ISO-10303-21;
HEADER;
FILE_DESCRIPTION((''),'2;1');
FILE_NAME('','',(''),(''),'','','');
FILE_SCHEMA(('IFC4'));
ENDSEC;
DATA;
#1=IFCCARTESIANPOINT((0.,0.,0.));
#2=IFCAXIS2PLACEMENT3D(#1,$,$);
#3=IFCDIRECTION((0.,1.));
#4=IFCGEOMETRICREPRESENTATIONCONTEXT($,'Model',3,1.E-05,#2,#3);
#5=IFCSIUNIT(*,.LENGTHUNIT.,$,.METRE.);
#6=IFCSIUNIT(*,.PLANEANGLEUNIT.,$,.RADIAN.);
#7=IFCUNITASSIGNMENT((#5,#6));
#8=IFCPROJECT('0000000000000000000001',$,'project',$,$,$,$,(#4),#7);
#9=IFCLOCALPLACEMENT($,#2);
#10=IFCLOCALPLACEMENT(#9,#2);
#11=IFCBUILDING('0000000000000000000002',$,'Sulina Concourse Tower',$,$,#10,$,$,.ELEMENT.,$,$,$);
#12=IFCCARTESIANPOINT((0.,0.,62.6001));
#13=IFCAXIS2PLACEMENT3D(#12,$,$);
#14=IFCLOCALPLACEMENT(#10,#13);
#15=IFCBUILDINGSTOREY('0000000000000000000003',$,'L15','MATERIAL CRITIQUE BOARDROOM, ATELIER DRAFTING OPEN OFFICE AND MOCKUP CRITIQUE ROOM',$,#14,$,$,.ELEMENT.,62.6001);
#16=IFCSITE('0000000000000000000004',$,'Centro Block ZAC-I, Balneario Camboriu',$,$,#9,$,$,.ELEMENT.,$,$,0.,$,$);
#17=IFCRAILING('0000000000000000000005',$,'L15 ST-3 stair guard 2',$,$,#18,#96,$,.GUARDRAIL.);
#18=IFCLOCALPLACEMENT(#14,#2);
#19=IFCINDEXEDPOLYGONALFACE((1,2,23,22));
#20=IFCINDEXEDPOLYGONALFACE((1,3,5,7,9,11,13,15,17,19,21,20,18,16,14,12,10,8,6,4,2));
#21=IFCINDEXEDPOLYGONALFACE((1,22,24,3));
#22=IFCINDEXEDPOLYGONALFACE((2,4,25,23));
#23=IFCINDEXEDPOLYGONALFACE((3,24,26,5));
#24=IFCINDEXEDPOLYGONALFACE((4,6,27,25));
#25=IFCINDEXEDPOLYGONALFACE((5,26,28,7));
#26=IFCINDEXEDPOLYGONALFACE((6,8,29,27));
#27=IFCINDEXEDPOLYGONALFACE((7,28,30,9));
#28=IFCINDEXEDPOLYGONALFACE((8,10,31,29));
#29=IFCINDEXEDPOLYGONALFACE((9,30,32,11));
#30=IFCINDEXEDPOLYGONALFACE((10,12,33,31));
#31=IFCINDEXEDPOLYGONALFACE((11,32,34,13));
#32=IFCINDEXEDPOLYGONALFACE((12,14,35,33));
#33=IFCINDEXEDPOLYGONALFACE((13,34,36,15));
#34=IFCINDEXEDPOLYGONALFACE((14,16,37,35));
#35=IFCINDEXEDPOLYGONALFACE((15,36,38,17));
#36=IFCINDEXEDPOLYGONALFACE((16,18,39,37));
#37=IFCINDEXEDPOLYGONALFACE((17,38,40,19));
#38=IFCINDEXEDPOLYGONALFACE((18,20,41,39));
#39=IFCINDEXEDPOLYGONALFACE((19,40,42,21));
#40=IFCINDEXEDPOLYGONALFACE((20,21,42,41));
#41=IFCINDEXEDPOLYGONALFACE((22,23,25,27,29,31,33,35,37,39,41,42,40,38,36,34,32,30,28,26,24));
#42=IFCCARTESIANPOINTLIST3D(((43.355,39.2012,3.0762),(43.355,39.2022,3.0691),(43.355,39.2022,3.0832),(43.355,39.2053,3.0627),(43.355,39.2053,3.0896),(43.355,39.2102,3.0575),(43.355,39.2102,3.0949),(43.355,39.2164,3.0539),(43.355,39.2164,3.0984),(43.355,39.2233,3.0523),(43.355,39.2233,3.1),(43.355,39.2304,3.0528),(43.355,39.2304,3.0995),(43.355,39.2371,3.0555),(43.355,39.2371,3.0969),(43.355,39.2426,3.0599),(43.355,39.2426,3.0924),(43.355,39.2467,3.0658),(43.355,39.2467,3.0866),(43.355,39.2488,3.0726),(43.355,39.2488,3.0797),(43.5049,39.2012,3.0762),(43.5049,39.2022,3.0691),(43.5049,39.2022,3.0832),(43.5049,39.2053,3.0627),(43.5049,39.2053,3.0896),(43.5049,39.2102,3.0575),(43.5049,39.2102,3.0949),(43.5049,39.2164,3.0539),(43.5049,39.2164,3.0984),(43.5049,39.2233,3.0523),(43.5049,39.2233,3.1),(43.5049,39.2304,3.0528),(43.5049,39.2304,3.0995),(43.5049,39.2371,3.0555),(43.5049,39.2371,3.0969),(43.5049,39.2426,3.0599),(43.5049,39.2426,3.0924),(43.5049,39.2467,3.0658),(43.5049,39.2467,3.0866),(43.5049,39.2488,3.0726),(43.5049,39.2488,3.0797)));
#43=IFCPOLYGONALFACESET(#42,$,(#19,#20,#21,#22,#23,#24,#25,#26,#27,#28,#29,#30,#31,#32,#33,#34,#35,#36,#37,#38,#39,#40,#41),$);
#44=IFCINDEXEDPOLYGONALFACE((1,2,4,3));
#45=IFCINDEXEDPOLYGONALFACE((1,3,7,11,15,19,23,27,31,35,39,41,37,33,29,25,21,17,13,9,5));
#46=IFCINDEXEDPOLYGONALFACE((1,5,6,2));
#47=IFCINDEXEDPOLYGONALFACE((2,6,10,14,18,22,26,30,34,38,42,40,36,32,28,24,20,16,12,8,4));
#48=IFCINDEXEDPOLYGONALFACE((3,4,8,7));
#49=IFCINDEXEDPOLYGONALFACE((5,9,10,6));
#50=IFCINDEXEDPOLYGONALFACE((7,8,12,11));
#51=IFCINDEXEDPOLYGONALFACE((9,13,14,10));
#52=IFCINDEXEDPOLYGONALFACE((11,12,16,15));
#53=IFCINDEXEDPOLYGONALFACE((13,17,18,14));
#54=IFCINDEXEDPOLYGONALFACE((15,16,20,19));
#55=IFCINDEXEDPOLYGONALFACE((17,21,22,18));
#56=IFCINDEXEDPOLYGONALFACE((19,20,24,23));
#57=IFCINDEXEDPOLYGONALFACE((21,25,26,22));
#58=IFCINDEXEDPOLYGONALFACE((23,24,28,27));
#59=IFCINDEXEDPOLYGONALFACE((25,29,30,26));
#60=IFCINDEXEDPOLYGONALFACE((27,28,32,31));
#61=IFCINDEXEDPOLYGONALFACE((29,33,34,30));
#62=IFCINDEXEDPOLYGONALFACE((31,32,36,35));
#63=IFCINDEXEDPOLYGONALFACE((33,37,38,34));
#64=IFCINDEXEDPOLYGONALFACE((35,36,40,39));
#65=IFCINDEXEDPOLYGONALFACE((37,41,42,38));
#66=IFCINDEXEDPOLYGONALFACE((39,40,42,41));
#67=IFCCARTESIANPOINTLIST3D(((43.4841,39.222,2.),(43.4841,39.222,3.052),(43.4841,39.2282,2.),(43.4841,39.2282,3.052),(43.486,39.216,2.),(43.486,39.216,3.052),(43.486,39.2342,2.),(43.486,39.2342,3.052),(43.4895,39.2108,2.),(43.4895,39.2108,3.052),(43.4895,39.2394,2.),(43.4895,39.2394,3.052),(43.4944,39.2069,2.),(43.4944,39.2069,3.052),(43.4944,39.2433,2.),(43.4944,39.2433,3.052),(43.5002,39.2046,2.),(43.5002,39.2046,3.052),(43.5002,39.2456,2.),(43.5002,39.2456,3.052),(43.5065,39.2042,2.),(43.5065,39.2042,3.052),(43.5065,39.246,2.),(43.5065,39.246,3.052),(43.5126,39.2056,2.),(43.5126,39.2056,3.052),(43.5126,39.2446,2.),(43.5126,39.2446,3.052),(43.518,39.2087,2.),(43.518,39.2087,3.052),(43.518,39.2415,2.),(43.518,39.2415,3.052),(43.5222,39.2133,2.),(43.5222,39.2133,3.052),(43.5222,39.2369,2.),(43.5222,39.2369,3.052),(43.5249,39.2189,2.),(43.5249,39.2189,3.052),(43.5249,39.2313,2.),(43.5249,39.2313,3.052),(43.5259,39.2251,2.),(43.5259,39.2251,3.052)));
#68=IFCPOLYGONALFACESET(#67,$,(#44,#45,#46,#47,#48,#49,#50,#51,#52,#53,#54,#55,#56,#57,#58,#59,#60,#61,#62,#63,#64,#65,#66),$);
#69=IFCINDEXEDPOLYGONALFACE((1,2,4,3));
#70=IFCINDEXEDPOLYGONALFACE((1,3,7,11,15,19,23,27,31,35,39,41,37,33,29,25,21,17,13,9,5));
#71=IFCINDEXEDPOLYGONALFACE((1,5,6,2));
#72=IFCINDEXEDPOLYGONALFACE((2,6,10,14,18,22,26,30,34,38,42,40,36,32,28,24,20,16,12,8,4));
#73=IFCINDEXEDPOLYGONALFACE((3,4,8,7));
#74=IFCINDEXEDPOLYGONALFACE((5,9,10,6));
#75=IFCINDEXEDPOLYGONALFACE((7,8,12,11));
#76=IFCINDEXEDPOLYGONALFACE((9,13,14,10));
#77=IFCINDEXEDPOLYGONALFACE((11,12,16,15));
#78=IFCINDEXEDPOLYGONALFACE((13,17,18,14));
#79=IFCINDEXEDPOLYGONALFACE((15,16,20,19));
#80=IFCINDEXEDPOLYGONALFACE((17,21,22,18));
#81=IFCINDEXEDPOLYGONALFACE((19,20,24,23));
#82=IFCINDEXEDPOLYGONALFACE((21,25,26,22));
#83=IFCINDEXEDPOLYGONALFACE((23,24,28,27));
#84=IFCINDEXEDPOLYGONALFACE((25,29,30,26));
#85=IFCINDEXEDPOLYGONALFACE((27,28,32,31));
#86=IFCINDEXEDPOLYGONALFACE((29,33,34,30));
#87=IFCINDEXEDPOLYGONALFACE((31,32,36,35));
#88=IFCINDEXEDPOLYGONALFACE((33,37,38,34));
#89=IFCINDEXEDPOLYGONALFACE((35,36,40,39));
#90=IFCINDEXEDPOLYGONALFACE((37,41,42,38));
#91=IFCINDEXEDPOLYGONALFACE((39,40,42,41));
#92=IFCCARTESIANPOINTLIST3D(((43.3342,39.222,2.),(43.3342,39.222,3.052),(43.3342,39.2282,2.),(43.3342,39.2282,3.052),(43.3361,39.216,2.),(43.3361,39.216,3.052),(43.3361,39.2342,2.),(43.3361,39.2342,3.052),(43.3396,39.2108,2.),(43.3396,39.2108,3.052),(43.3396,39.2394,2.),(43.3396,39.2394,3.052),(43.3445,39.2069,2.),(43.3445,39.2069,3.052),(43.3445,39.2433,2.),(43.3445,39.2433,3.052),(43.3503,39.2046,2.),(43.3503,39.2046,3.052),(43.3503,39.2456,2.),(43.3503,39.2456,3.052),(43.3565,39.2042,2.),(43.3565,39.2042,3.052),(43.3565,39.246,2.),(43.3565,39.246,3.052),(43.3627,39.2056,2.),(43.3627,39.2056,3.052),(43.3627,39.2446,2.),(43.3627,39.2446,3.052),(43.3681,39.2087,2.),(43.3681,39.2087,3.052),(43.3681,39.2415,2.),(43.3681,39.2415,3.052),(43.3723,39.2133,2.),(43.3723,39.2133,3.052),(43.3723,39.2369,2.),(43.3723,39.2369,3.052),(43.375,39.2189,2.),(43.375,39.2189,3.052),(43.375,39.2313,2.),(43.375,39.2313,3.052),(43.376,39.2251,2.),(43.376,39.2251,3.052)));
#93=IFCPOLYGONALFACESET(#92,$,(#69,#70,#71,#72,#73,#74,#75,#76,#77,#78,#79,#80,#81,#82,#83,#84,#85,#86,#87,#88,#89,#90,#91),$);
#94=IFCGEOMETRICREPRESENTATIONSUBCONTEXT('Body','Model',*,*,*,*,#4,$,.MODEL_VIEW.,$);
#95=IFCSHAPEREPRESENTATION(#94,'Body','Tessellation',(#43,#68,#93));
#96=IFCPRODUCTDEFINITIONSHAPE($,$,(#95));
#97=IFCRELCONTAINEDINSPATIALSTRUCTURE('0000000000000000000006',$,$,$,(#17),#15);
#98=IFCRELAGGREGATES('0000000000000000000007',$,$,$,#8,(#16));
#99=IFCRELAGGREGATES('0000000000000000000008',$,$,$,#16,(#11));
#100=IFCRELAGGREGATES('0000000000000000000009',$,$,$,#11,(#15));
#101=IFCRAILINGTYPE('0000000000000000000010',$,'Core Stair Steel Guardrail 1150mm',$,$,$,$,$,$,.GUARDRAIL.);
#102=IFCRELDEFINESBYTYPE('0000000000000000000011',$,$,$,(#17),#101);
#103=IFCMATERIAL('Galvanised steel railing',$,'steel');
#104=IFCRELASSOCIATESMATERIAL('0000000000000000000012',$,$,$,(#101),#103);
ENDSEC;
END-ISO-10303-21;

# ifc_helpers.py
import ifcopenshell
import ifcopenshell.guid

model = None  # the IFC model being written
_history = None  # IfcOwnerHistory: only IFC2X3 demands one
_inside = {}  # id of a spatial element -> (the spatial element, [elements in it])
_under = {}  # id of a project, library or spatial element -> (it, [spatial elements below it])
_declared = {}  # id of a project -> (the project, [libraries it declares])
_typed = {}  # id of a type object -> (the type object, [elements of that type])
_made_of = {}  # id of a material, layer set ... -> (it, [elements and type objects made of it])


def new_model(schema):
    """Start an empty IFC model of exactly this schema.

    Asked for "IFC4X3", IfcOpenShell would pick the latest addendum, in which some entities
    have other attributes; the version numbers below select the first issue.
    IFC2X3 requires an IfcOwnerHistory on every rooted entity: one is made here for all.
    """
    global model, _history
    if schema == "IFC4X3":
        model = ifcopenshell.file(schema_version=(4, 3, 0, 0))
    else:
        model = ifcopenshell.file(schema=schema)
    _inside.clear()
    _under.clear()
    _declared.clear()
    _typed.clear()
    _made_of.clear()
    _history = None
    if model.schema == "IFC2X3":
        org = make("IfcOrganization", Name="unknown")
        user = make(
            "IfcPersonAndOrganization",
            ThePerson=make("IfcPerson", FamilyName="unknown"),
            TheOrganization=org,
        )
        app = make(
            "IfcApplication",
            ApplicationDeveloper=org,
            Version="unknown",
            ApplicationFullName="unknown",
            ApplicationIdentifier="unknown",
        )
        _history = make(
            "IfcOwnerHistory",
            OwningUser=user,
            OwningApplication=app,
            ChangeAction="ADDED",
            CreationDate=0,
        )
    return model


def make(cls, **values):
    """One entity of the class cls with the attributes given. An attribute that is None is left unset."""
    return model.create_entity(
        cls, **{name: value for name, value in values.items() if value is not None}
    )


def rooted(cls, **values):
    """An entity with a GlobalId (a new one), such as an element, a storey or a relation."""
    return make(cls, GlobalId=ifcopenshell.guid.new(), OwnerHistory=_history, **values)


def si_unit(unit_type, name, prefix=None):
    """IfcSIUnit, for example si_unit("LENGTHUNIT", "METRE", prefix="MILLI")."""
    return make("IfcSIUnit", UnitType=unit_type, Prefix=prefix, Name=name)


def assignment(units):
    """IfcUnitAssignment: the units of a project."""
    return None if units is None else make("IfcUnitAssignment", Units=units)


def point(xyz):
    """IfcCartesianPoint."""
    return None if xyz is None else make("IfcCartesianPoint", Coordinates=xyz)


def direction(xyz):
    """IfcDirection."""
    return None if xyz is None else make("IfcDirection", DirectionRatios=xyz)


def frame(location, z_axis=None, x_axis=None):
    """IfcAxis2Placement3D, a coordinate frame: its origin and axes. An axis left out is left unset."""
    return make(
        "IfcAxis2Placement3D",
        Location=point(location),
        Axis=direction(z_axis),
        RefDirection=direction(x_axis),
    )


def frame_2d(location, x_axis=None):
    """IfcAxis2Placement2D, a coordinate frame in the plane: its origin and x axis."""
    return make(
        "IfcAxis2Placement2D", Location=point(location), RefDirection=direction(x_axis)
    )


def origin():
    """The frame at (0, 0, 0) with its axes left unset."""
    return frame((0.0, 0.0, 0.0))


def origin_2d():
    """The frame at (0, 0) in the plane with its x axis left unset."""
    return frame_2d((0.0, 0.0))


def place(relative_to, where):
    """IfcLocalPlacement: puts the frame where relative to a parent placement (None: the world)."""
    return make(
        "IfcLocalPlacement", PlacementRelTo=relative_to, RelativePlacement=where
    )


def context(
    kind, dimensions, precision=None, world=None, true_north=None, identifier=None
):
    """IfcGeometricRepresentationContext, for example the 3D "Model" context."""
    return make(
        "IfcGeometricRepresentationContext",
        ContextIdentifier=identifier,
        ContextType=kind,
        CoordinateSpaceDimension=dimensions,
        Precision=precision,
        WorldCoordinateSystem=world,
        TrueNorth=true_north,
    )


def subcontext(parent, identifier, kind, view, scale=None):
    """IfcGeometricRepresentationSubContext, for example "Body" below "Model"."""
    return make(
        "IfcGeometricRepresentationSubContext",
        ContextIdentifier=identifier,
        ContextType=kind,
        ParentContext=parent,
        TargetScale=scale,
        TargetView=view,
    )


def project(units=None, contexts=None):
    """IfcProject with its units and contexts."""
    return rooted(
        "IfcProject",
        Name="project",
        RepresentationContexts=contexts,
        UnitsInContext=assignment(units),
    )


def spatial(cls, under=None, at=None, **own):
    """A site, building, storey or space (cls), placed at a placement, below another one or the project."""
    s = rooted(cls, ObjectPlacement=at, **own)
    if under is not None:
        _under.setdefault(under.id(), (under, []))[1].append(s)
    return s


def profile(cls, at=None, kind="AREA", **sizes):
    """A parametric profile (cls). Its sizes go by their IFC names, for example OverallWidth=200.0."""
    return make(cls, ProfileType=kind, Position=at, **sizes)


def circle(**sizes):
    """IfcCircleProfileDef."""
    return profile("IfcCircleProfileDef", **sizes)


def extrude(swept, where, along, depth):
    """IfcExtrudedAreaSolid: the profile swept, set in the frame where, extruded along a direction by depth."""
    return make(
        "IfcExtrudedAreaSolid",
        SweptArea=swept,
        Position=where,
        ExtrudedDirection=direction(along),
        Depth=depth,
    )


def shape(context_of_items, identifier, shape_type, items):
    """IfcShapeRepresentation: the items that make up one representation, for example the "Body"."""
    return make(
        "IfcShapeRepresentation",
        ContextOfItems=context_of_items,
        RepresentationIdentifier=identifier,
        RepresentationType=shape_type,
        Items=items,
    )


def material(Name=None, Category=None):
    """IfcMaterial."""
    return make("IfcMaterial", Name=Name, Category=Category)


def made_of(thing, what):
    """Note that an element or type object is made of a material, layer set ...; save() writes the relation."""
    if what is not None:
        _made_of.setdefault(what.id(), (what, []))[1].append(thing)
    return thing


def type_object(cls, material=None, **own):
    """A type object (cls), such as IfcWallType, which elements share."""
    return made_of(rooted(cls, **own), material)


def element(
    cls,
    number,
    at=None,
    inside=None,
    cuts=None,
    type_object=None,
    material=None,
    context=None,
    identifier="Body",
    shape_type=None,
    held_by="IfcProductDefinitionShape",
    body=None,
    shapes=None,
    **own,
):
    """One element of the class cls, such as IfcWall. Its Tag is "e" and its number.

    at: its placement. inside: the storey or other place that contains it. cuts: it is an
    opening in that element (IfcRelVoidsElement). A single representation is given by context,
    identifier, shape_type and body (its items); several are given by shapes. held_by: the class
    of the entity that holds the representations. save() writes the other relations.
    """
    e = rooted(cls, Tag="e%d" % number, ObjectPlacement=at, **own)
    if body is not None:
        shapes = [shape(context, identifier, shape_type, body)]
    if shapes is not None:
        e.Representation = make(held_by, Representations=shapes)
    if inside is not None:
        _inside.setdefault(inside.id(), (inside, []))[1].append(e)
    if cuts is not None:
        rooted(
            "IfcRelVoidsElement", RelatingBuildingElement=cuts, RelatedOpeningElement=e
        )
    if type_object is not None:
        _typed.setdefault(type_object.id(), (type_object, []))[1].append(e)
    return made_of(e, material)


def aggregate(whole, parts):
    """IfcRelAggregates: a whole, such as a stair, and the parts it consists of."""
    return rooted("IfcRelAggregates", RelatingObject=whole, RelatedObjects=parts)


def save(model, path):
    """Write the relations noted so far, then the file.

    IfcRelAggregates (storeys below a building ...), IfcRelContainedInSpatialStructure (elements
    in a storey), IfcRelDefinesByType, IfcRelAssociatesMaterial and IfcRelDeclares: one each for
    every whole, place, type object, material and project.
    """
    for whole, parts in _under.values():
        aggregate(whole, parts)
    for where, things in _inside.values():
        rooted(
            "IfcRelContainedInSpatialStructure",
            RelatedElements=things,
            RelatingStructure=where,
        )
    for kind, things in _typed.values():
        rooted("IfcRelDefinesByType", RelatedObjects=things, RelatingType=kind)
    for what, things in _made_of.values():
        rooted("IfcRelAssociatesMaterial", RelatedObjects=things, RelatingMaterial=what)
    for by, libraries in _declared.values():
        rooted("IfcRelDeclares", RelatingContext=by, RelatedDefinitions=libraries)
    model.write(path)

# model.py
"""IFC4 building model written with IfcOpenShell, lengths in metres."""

from ifc_helpers import new_model, si_unit, direction, frame, origin, origin_2d, place, context, subcontext, project, spatial, circle, extrude, material, type_object, element, save


model = new_model("IFC4")

# Units and contexts
model_context = context("Model", 3, precision=1e-05, world=origin(), true_north=direction((0.0, 1.0)))
body_context = subcontext(model_context, "Body", "Model", "MODEL_VIEW")
ifc_project = project(units=[si_unit("LENGTHUNIT", "METRE"), si_unit("PLANEANGLEUNIT", "RADIAN")], contexts=[model_context])

# Site, building, storey
site_placement = place(None, origin())
site = spatial("IfcSite", under=ifc_project, at=site_placement, Name="Centro Block ZAC-I, Balneario Camboriu", CompositionType="ELEMENT", RefElevation=0.0)
building_placement = place(site_placement, origin())
building = spatial("IfcBuilding", under=site, at=building_placement, Name="Sulina Concourse Tower", CompositionType="ELEMENT")
storey_placement = place(building_placement, frame((0.0, 0.0, 62.6001)))
storey = spatial("IfcBuildingStorey", under=building, at=storey_placement, Name="L15", Description="MATERIAL CRITIQUE BOARDROOM, ATELIER DRAFTING OPEN OFFICE AND MOCKUP CRITIQUE ROOM", CompositionType="ELEMENT", Elevation=62.6001)

# Railing
ifc_material_1 = material(Name="Galvanised steel railing", Category="steel")
railing_type_1 = type_object("IfcRailingType", Name="Core Stair Steel Guardrail 1150mm", PredefinedType="GUARDRAIL", material=ifc_material_1)
railing_1_placement = place(storey_placement, frame((43.5049, 39.2251, 2.0)))
element("IfcRailing", 1, at=railing_1_placement, inside=storey, type_object=railing_type_1, Name="L15 ST-3 stair guard 2", PredefinedType="GUARDRAIL", context=body_context, shape_type="SweptSolid", body=[
    extrude(circle(Radius=0.0239, at=origin_2d()), frame((0.0, 0.0, 1.0762), z_axis=(-1.0, 0.0, 0.0), x_axis=(0.0, -1.0, 0.0)), (0.0, 0.0, 1.0), 0.1499),
    extrude(circle(Radius=0.021, at=origin_2d()), origin(), (0.0, 0.0, 1.0), 1.052),
    extrude(circle(Radius=0.021, at=origin_2d()), frame((-0.1499, 0.0, 0.0)), (0.0, 0.0, 1.0), 1.052),
])

save(model, "model.ifc")
